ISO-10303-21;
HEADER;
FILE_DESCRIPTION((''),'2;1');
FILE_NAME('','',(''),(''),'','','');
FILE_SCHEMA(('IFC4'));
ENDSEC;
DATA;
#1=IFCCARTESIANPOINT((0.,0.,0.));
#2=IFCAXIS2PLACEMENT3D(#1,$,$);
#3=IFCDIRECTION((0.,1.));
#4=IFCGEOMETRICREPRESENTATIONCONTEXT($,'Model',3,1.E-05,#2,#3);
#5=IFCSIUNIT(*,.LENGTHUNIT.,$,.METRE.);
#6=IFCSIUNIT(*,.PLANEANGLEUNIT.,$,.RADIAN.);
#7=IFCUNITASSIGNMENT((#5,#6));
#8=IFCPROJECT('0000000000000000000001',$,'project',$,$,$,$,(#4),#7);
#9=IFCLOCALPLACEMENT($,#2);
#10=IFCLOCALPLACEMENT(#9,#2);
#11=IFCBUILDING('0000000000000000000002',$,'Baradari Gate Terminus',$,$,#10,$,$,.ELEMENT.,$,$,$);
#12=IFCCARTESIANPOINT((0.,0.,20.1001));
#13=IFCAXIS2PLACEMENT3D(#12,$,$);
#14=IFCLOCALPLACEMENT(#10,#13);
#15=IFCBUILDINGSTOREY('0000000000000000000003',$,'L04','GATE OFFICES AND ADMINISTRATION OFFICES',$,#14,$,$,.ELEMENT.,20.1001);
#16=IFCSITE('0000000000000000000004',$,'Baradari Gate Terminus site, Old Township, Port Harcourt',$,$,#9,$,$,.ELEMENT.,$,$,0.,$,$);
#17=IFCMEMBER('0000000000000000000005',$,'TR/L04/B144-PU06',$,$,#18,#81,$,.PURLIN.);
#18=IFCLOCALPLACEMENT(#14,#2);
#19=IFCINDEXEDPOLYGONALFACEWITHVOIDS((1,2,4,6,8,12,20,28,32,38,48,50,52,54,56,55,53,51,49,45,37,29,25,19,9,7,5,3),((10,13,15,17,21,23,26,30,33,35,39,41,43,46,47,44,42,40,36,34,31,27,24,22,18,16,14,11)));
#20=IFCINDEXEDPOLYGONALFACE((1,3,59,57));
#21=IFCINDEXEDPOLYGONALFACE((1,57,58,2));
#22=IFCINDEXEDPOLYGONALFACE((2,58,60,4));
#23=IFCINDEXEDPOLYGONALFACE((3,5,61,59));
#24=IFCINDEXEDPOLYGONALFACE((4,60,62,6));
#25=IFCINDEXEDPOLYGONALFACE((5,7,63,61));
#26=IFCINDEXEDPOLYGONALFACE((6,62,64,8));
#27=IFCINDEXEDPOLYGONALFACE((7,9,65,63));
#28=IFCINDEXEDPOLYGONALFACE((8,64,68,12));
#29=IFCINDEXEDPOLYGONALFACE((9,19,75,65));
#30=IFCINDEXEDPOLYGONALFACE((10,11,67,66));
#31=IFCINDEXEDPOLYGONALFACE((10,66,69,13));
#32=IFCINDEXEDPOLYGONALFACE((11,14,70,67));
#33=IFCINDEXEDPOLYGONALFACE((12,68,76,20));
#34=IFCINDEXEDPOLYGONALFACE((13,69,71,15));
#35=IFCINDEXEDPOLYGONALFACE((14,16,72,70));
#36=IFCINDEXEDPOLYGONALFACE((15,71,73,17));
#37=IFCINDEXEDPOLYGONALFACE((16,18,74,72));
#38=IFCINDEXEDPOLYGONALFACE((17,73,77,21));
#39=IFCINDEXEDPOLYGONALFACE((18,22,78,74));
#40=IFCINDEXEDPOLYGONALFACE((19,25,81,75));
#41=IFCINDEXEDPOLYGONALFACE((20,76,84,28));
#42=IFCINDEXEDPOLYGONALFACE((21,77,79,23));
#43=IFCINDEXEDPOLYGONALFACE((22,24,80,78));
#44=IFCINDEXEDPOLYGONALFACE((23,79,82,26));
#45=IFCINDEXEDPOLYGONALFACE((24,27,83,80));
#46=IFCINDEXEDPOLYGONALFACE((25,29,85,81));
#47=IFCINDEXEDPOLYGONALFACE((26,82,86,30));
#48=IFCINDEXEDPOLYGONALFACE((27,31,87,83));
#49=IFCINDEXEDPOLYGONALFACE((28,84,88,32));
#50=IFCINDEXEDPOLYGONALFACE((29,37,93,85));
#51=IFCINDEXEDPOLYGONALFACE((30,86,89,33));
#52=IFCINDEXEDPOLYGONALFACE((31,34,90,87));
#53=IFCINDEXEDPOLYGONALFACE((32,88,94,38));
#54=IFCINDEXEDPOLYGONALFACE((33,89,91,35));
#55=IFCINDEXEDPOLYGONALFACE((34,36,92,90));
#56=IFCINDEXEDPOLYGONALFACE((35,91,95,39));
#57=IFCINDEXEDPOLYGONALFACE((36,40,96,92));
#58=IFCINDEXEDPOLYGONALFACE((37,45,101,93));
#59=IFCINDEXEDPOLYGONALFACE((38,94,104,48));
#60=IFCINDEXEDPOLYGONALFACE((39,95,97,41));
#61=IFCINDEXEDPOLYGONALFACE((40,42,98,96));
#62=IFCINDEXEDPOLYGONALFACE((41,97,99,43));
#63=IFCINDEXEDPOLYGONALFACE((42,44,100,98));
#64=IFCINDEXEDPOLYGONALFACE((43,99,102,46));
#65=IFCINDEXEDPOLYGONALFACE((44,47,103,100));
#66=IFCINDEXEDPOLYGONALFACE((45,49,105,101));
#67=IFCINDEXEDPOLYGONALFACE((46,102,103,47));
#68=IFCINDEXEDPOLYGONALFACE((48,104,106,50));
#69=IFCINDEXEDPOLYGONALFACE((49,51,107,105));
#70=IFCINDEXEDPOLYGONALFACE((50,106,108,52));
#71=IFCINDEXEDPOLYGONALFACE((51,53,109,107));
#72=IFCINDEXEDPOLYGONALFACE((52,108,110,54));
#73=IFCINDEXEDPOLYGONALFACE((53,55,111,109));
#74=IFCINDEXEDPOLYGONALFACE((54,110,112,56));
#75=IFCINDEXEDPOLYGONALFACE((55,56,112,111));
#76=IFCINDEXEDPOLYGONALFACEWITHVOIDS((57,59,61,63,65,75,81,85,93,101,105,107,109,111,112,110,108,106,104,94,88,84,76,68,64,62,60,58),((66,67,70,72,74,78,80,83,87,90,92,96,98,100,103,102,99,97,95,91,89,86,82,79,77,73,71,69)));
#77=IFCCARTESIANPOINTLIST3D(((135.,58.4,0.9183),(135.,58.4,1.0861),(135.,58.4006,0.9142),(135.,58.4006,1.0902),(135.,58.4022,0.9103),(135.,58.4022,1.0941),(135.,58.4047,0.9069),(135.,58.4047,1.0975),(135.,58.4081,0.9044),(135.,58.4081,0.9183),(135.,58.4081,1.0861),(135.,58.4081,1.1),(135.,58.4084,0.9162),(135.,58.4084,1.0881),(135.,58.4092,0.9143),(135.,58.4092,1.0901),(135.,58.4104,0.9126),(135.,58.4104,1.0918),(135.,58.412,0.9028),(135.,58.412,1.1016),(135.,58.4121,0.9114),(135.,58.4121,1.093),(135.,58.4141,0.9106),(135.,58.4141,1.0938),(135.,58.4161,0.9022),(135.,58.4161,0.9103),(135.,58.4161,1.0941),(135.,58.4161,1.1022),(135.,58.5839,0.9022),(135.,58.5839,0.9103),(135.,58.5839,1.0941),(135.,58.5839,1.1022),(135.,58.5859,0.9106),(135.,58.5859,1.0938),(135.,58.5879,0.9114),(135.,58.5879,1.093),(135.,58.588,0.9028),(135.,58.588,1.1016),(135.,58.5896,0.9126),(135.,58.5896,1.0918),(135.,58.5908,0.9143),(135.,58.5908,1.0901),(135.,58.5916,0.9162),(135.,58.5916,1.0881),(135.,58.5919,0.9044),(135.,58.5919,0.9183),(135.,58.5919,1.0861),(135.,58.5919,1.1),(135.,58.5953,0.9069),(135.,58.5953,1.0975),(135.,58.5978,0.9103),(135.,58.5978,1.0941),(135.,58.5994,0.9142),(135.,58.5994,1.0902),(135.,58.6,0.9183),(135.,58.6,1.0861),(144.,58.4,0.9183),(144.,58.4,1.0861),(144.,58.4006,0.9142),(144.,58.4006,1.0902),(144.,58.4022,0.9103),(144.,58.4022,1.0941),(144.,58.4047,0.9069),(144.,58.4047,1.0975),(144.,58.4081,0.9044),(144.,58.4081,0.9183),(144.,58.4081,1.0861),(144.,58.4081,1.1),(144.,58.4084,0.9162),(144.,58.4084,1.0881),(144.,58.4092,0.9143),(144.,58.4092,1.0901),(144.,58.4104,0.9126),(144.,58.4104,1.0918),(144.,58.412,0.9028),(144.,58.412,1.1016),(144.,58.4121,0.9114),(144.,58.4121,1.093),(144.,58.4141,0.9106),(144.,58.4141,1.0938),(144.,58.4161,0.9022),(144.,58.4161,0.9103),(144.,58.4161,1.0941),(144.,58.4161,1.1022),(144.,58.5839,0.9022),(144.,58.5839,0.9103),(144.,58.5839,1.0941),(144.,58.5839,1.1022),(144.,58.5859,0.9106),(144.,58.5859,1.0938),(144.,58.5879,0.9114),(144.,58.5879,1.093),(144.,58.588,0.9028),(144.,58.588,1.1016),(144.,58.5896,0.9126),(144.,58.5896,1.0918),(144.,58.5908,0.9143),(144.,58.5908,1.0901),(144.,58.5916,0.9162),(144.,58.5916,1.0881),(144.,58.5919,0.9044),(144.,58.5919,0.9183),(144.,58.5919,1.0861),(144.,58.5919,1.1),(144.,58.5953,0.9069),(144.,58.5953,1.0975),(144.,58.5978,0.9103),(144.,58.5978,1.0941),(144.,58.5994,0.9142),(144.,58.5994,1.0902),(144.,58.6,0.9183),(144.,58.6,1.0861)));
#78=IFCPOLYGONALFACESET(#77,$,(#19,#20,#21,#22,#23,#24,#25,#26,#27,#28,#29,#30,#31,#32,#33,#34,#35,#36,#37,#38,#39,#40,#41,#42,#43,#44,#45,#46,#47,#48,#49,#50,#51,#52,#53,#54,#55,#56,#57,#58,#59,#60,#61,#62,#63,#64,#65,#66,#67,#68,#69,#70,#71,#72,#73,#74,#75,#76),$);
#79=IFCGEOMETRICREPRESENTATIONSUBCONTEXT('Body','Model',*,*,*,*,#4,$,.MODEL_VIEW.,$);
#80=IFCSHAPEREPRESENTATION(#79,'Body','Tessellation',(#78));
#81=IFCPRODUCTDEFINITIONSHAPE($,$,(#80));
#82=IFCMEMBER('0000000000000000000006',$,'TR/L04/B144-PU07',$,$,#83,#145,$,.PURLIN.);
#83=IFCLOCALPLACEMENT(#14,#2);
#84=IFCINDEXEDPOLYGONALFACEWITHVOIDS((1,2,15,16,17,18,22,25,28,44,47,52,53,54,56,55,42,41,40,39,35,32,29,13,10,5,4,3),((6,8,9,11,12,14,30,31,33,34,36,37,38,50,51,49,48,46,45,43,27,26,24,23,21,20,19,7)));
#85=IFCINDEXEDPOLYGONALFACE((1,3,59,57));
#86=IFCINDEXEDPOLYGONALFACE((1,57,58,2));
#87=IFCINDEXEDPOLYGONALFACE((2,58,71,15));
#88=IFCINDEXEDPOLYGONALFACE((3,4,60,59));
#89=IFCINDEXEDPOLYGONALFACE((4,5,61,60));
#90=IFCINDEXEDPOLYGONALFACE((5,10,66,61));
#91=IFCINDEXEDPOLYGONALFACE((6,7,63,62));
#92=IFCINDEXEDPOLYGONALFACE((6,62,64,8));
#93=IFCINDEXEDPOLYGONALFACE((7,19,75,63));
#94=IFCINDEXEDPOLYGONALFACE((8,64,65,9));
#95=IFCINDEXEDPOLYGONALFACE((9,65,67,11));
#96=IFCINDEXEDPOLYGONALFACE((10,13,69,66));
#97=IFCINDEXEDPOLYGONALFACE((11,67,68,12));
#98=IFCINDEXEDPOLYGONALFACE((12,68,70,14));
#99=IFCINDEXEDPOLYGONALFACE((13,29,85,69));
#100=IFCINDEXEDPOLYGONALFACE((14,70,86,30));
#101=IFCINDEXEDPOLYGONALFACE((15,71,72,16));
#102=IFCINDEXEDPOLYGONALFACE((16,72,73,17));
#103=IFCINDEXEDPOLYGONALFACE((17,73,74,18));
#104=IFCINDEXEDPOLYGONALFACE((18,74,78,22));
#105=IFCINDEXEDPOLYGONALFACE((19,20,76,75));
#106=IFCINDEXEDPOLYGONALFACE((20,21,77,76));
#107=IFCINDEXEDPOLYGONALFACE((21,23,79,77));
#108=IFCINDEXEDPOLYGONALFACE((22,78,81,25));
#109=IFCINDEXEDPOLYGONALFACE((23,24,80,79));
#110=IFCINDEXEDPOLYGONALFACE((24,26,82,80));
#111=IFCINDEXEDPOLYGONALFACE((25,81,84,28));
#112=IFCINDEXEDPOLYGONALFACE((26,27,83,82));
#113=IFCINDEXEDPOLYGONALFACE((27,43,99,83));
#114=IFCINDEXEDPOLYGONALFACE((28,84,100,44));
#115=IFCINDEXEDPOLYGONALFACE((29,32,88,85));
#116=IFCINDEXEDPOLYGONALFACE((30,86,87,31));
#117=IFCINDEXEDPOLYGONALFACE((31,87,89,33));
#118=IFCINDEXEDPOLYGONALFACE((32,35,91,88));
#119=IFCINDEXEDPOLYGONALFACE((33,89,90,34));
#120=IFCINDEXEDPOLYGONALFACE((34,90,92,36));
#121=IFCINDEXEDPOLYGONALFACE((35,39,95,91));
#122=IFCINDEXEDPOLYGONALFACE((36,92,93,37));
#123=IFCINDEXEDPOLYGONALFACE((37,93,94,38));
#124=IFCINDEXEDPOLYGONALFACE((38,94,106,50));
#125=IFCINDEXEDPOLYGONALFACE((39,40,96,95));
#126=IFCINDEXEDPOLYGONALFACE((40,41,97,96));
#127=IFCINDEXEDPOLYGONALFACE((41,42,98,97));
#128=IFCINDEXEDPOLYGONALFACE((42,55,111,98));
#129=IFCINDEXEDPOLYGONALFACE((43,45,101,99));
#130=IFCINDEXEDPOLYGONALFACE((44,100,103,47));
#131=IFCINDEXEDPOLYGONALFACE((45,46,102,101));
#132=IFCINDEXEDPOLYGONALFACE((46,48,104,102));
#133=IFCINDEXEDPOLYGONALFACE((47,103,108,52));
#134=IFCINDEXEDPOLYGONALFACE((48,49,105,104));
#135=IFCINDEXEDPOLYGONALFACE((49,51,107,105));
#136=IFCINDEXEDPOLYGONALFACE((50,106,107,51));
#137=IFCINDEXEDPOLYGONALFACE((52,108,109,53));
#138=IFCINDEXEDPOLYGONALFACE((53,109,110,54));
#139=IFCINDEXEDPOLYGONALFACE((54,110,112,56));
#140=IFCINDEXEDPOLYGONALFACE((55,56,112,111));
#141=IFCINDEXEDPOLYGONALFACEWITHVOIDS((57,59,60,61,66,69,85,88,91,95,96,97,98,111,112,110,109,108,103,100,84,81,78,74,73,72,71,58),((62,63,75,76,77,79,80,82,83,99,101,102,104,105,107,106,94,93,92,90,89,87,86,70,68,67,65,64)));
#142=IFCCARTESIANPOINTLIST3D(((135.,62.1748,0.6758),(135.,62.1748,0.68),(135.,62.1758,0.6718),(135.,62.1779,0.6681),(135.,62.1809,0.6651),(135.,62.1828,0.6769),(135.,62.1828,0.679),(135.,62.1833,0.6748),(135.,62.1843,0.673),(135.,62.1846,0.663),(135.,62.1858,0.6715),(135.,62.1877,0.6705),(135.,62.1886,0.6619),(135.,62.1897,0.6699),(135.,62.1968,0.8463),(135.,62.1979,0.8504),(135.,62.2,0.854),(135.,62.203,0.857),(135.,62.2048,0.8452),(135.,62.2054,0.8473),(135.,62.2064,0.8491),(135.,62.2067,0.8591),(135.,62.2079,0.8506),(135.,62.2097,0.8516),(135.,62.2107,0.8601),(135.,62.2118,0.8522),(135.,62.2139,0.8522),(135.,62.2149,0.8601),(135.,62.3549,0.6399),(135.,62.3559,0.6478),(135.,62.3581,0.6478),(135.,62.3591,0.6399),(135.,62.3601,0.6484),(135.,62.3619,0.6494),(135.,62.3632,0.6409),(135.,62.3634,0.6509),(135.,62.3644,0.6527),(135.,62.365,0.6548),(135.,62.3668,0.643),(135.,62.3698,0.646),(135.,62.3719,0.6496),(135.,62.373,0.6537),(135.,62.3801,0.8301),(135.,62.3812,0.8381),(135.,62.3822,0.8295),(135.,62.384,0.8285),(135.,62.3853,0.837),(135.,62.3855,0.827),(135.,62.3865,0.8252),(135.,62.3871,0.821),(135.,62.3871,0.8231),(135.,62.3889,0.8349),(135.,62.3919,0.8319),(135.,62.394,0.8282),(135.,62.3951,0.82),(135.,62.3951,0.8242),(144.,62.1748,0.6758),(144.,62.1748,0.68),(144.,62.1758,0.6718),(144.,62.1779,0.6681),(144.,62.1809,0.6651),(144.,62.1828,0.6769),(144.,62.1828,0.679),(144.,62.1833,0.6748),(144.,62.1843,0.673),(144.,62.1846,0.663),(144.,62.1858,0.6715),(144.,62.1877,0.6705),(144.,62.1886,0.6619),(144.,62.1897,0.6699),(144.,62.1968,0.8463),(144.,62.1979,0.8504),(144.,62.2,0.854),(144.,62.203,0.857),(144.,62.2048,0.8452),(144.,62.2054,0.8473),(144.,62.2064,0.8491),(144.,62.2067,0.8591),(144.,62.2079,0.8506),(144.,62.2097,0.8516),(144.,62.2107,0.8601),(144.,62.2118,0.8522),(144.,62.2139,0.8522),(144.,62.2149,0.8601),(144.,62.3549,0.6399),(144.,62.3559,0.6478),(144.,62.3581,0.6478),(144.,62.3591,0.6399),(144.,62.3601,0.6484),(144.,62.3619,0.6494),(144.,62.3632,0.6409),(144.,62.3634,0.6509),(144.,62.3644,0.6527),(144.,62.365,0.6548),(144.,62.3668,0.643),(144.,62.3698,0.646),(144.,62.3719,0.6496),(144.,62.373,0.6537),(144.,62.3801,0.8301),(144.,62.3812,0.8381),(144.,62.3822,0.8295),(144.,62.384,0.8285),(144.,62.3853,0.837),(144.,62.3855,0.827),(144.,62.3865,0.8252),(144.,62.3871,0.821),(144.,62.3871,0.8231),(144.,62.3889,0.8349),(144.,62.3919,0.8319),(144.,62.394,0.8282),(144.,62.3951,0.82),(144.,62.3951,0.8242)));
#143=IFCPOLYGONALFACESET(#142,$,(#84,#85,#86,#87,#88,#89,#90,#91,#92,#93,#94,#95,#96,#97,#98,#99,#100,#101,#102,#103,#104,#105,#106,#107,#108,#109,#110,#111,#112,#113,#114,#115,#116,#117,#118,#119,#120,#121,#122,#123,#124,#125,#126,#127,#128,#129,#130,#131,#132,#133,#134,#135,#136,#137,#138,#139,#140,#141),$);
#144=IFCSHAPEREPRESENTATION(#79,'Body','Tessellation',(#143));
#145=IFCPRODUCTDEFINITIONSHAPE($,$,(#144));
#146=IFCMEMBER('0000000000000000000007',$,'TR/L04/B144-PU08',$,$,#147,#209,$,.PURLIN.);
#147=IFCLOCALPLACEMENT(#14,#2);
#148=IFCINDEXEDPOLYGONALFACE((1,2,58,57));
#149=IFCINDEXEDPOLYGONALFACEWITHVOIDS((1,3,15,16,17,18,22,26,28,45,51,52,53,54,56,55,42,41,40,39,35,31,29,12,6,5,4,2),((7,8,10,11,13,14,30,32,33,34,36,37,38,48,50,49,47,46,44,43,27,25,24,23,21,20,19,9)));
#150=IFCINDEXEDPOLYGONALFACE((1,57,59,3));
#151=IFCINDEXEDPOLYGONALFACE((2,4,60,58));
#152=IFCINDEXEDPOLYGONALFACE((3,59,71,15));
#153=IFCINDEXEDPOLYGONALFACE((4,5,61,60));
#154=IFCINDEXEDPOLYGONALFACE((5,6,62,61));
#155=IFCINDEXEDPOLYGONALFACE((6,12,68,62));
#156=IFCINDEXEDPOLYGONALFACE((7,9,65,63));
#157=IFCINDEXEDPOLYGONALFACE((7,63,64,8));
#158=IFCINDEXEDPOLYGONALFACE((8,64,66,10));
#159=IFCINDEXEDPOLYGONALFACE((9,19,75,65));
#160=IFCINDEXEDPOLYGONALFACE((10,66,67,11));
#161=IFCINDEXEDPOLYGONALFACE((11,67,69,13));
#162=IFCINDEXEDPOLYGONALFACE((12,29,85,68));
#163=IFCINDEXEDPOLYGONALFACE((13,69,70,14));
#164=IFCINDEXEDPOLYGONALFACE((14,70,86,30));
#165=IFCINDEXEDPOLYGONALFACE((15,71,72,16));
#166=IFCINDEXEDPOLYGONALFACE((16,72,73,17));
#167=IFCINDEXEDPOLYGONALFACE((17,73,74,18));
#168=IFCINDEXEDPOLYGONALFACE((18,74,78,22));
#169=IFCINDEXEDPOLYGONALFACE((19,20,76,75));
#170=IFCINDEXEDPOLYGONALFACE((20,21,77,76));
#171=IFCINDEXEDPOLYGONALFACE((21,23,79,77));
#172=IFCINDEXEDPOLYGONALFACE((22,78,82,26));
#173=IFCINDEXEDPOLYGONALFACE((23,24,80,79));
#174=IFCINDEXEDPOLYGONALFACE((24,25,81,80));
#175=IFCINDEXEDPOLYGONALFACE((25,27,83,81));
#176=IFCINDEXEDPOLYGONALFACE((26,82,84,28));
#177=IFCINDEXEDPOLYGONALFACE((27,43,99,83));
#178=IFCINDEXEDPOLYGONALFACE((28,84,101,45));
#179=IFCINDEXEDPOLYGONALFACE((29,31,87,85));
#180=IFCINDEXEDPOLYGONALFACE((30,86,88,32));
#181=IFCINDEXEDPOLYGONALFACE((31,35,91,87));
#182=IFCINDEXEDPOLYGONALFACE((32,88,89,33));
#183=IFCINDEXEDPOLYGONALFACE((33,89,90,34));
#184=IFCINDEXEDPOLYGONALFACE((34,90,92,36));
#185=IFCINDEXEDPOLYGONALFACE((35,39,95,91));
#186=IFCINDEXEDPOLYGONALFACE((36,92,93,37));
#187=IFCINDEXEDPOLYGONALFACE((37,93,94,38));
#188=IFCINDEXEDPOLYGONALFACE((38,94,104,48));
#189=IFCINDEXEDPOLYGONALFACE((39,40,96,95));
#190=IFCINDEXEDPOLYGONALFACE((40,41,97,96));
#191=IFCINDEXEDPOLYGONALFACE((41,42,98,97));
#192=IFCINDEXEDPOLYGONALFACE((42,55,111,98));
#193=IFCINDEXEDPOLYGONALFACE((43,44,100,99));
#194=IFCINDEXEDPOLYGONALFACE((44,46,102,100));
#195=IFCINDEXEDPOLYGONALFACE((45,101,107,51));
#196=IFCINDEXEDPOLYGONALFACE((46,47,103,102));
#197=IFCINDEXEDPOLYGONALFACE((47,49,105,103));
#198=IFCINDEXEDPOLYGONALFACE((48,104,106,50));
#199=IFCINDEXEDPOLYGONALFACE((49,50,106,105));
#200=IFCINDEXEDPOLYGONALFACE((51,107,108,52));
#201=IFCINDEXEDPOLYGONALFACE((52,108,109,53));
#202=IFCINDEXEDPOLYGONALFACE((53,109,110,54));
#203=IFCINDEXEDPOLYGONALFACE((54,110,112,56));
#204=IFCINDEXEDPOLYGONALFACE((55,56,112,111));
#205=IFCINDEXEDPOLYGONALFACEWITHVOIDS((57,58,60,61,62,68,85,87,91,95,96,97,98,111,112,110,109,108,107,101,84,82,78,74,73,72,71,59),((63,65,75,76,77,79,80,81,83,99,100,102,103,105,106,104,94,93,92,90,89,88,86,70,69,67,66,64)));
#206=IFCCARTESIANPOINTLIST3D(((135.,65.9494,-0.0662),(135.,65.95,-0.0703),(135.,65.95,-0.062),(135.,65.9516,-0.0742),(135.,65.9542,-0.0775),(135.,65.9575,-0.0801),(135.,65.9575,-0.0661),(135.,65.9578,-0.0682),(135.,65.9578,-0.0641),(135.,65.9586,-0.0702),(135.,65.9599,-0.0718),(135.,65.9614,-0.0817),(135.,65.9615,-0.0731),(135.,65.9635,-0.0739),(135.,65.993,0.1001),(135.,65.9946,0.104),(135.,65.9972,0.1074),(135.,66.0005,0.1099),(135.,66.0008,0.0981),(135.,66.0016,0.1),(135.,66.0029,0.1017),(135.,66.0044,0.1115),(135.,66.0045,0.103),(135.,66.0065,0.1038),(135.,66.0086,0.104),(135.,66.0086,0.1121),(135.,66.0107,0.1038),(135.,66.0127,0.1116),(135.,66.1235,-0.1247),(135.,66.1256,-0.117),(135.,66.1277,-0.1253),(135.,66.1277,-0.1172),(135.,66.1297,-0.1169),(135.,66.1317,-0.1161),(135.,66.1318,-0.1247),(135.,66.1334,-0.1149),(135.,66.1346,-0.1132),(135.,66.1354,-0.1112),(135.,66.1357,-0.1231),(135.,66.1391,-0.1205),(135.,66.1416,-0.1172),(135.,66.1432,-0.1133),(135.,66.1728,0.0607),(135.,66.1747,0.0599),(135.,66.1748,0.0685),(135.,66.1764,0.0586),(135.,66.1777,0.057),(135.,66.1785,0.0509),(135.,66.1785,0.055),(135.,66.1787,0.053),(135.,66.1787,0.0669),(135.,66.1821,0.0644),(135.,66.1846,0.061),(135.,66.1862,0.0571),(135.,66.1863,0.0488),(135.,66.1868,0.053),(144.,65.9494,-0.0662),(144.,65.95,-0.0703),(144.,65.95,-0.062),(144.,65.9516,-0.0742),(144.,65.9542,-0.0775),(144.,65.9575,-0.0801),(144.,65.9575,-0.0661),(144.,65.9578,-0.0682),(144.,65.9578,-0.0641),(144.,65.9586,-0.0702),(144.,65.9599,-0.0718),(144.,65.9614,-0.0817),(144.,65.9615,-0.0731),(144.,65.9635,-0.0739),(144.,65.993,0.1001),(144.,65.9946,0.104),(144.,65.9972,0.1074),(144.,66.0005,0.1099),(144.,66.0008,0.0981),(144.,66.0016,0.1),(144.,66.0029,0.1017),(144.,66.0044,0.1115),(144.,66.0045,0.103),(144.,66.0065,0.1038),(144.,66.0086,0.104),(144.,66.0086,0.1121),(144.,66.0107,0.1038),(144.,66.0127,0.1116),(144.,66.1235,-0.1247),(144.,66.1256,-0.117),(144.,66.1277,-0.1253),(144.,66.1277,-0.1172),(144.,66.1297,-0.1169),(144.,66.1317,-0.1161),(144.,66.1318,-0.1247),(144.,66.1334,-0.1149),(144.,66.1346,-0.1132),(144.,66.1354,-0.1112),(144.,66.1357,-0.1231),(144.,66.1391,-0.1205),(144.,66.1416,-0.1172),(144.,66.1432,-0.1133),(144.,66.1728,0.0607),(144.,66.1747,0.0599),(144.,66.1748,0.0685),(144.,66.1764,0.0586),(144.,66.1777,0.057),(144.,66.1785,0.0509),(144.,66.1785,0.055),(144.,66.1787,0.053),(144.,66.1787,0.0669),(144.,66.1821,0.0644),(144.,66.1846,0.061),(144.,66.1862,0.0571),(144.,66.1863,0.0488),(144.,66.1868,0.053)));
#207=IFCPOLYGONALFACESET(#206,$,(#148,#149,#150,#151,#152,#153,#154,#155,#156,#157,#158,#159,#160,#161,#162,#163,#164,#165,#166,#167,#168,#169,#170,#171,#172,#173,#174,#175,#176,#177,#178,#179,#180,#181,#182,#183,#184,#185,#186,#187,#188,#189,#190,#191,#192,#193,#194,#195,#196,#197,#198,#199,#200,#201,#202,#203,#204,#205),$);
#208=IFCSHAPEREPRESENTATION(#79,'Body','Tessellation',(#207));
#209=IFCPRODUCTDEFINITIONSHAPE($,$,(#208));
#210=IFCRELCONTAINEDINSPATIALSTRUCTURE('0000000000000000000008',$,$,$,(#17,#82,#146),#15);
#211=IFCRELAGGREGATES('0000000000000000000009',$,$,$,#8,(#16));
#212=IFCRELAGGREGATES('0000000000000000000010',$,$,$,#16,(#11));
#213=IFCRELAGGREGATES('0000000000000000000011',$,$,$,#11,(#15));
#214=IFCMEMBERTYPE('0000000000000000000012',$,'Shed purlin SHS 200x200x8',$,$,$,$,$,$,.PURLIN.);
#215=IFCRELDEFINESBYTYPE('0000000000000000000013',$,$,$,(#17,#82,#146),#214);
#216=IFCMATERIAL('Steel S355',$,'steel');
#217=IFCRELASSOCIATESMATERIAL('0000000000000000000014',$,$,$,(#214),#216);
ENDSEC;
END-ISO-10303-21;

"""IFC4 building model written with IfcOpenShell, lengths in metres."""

from ifc_helpers import new_model, si_unit, direction, frame, origin, origin_2d, place, context, subcontext, project, spatial, hollow_rectangle, extrude, material, material_profile, profile_set, type_object, element, save


model = new_model("IFC4")

# Units and contexts
model_context = context("Model", 3, precision=1e-05, world=origin(), true_north=direction((0.0, 1.0)))
body_context = subcontext(model_context, "Body", "Model", "MODEL_VIEW")
ifc_project = project(units=[si_unit("LENGTHUNIT", "METRE"), si_unit("PLANEANGLEUNIT", "RADIAN")], contexts=[model_context])

# Site, building, storey
site_placement = place(None, origin())
site = spatial("IfcSite", under=ifc_project, at=site_placement, Name="Baradari Gate Terminus site, Old Township, Port Harcourt", CompositionType="ELEMENT", RefElevation=0.0)
building_placement = place(site_placement, origin())
building = spatial("IfcBuilding", under=site, at=building_placement, Name="Baradari Gate Terminus", CompositionType="ELEMENT")
storey_placement = place(building_placement, frame((0.0, 0.0, 20.1001)))
storey = spatial("IfcBuildingStorey", under=building, at=storey_placement, Name="L04", Description="GATE OFFICES AND ADMINISTRATION OFFICES", CompositionType="ELEMENT", Elevation=20.1001)

# Members
ifc_material_1 = material(Name="Steel S355", Category="steel")
ifc_material_profile_1 = material_profile(ifc_material_1, hollow_rectangle(XDim=0.2, YDim=0.2, WallThickness=0.0081, InnerFilletRadius=0.0081, OuterFilletRadius=0.0161, at=origin_2d()), Name="SHS 200x200x8")
ifc_profile_set_1 = profile_set([ifc_material_profile_1], Name="Steel S355")
member_type_1 = type_object("IfcMemberType", Name="Shed purlin SHS 200x200x8", PredefinedType="PURLIN", material=ifc_profile_set_1)
for number, where, z_axis, x_axis, name in (
    (1, (135.0, 58.5, 1.0022), (1.0, 0.0, 0.0), (0.0, 1.0, 0.0), "TR/L04/B144-PU06"),
    (2, (135.0, 62.2849, 0.75), (1.0, 0.0, 0.0), (0.0, 0.991303, -0.131599), "TR/L04/B144-PU07"),
    (3, (135.0, 66.0681, -0.0066), (1.0, 0.0, 0.0), (0.0, 0.9665, -0.256668), "TR/L04/B144-PU08"),
):
    element("IfcMember", number, at=place(storey_placement, frame(where, z_axis=z_axis, x_axis=x_axis)), inside=storey, type_object=member_type_1, Name=name, PredefinedType="PURLIN", context=body_context, shape_type="SweptSolid", body=[
        extrude(hollow_rectangle(XDim=0.2, YDim=0.2, WallThickness=0.0081, InnerFilletRadius=0.0081, OuterFilletRadius=0.0161, at=origin_2d()), origin(), (0.0, 0.0, 1.0), 9.0),
    ])

save(model, "model.ifc")
